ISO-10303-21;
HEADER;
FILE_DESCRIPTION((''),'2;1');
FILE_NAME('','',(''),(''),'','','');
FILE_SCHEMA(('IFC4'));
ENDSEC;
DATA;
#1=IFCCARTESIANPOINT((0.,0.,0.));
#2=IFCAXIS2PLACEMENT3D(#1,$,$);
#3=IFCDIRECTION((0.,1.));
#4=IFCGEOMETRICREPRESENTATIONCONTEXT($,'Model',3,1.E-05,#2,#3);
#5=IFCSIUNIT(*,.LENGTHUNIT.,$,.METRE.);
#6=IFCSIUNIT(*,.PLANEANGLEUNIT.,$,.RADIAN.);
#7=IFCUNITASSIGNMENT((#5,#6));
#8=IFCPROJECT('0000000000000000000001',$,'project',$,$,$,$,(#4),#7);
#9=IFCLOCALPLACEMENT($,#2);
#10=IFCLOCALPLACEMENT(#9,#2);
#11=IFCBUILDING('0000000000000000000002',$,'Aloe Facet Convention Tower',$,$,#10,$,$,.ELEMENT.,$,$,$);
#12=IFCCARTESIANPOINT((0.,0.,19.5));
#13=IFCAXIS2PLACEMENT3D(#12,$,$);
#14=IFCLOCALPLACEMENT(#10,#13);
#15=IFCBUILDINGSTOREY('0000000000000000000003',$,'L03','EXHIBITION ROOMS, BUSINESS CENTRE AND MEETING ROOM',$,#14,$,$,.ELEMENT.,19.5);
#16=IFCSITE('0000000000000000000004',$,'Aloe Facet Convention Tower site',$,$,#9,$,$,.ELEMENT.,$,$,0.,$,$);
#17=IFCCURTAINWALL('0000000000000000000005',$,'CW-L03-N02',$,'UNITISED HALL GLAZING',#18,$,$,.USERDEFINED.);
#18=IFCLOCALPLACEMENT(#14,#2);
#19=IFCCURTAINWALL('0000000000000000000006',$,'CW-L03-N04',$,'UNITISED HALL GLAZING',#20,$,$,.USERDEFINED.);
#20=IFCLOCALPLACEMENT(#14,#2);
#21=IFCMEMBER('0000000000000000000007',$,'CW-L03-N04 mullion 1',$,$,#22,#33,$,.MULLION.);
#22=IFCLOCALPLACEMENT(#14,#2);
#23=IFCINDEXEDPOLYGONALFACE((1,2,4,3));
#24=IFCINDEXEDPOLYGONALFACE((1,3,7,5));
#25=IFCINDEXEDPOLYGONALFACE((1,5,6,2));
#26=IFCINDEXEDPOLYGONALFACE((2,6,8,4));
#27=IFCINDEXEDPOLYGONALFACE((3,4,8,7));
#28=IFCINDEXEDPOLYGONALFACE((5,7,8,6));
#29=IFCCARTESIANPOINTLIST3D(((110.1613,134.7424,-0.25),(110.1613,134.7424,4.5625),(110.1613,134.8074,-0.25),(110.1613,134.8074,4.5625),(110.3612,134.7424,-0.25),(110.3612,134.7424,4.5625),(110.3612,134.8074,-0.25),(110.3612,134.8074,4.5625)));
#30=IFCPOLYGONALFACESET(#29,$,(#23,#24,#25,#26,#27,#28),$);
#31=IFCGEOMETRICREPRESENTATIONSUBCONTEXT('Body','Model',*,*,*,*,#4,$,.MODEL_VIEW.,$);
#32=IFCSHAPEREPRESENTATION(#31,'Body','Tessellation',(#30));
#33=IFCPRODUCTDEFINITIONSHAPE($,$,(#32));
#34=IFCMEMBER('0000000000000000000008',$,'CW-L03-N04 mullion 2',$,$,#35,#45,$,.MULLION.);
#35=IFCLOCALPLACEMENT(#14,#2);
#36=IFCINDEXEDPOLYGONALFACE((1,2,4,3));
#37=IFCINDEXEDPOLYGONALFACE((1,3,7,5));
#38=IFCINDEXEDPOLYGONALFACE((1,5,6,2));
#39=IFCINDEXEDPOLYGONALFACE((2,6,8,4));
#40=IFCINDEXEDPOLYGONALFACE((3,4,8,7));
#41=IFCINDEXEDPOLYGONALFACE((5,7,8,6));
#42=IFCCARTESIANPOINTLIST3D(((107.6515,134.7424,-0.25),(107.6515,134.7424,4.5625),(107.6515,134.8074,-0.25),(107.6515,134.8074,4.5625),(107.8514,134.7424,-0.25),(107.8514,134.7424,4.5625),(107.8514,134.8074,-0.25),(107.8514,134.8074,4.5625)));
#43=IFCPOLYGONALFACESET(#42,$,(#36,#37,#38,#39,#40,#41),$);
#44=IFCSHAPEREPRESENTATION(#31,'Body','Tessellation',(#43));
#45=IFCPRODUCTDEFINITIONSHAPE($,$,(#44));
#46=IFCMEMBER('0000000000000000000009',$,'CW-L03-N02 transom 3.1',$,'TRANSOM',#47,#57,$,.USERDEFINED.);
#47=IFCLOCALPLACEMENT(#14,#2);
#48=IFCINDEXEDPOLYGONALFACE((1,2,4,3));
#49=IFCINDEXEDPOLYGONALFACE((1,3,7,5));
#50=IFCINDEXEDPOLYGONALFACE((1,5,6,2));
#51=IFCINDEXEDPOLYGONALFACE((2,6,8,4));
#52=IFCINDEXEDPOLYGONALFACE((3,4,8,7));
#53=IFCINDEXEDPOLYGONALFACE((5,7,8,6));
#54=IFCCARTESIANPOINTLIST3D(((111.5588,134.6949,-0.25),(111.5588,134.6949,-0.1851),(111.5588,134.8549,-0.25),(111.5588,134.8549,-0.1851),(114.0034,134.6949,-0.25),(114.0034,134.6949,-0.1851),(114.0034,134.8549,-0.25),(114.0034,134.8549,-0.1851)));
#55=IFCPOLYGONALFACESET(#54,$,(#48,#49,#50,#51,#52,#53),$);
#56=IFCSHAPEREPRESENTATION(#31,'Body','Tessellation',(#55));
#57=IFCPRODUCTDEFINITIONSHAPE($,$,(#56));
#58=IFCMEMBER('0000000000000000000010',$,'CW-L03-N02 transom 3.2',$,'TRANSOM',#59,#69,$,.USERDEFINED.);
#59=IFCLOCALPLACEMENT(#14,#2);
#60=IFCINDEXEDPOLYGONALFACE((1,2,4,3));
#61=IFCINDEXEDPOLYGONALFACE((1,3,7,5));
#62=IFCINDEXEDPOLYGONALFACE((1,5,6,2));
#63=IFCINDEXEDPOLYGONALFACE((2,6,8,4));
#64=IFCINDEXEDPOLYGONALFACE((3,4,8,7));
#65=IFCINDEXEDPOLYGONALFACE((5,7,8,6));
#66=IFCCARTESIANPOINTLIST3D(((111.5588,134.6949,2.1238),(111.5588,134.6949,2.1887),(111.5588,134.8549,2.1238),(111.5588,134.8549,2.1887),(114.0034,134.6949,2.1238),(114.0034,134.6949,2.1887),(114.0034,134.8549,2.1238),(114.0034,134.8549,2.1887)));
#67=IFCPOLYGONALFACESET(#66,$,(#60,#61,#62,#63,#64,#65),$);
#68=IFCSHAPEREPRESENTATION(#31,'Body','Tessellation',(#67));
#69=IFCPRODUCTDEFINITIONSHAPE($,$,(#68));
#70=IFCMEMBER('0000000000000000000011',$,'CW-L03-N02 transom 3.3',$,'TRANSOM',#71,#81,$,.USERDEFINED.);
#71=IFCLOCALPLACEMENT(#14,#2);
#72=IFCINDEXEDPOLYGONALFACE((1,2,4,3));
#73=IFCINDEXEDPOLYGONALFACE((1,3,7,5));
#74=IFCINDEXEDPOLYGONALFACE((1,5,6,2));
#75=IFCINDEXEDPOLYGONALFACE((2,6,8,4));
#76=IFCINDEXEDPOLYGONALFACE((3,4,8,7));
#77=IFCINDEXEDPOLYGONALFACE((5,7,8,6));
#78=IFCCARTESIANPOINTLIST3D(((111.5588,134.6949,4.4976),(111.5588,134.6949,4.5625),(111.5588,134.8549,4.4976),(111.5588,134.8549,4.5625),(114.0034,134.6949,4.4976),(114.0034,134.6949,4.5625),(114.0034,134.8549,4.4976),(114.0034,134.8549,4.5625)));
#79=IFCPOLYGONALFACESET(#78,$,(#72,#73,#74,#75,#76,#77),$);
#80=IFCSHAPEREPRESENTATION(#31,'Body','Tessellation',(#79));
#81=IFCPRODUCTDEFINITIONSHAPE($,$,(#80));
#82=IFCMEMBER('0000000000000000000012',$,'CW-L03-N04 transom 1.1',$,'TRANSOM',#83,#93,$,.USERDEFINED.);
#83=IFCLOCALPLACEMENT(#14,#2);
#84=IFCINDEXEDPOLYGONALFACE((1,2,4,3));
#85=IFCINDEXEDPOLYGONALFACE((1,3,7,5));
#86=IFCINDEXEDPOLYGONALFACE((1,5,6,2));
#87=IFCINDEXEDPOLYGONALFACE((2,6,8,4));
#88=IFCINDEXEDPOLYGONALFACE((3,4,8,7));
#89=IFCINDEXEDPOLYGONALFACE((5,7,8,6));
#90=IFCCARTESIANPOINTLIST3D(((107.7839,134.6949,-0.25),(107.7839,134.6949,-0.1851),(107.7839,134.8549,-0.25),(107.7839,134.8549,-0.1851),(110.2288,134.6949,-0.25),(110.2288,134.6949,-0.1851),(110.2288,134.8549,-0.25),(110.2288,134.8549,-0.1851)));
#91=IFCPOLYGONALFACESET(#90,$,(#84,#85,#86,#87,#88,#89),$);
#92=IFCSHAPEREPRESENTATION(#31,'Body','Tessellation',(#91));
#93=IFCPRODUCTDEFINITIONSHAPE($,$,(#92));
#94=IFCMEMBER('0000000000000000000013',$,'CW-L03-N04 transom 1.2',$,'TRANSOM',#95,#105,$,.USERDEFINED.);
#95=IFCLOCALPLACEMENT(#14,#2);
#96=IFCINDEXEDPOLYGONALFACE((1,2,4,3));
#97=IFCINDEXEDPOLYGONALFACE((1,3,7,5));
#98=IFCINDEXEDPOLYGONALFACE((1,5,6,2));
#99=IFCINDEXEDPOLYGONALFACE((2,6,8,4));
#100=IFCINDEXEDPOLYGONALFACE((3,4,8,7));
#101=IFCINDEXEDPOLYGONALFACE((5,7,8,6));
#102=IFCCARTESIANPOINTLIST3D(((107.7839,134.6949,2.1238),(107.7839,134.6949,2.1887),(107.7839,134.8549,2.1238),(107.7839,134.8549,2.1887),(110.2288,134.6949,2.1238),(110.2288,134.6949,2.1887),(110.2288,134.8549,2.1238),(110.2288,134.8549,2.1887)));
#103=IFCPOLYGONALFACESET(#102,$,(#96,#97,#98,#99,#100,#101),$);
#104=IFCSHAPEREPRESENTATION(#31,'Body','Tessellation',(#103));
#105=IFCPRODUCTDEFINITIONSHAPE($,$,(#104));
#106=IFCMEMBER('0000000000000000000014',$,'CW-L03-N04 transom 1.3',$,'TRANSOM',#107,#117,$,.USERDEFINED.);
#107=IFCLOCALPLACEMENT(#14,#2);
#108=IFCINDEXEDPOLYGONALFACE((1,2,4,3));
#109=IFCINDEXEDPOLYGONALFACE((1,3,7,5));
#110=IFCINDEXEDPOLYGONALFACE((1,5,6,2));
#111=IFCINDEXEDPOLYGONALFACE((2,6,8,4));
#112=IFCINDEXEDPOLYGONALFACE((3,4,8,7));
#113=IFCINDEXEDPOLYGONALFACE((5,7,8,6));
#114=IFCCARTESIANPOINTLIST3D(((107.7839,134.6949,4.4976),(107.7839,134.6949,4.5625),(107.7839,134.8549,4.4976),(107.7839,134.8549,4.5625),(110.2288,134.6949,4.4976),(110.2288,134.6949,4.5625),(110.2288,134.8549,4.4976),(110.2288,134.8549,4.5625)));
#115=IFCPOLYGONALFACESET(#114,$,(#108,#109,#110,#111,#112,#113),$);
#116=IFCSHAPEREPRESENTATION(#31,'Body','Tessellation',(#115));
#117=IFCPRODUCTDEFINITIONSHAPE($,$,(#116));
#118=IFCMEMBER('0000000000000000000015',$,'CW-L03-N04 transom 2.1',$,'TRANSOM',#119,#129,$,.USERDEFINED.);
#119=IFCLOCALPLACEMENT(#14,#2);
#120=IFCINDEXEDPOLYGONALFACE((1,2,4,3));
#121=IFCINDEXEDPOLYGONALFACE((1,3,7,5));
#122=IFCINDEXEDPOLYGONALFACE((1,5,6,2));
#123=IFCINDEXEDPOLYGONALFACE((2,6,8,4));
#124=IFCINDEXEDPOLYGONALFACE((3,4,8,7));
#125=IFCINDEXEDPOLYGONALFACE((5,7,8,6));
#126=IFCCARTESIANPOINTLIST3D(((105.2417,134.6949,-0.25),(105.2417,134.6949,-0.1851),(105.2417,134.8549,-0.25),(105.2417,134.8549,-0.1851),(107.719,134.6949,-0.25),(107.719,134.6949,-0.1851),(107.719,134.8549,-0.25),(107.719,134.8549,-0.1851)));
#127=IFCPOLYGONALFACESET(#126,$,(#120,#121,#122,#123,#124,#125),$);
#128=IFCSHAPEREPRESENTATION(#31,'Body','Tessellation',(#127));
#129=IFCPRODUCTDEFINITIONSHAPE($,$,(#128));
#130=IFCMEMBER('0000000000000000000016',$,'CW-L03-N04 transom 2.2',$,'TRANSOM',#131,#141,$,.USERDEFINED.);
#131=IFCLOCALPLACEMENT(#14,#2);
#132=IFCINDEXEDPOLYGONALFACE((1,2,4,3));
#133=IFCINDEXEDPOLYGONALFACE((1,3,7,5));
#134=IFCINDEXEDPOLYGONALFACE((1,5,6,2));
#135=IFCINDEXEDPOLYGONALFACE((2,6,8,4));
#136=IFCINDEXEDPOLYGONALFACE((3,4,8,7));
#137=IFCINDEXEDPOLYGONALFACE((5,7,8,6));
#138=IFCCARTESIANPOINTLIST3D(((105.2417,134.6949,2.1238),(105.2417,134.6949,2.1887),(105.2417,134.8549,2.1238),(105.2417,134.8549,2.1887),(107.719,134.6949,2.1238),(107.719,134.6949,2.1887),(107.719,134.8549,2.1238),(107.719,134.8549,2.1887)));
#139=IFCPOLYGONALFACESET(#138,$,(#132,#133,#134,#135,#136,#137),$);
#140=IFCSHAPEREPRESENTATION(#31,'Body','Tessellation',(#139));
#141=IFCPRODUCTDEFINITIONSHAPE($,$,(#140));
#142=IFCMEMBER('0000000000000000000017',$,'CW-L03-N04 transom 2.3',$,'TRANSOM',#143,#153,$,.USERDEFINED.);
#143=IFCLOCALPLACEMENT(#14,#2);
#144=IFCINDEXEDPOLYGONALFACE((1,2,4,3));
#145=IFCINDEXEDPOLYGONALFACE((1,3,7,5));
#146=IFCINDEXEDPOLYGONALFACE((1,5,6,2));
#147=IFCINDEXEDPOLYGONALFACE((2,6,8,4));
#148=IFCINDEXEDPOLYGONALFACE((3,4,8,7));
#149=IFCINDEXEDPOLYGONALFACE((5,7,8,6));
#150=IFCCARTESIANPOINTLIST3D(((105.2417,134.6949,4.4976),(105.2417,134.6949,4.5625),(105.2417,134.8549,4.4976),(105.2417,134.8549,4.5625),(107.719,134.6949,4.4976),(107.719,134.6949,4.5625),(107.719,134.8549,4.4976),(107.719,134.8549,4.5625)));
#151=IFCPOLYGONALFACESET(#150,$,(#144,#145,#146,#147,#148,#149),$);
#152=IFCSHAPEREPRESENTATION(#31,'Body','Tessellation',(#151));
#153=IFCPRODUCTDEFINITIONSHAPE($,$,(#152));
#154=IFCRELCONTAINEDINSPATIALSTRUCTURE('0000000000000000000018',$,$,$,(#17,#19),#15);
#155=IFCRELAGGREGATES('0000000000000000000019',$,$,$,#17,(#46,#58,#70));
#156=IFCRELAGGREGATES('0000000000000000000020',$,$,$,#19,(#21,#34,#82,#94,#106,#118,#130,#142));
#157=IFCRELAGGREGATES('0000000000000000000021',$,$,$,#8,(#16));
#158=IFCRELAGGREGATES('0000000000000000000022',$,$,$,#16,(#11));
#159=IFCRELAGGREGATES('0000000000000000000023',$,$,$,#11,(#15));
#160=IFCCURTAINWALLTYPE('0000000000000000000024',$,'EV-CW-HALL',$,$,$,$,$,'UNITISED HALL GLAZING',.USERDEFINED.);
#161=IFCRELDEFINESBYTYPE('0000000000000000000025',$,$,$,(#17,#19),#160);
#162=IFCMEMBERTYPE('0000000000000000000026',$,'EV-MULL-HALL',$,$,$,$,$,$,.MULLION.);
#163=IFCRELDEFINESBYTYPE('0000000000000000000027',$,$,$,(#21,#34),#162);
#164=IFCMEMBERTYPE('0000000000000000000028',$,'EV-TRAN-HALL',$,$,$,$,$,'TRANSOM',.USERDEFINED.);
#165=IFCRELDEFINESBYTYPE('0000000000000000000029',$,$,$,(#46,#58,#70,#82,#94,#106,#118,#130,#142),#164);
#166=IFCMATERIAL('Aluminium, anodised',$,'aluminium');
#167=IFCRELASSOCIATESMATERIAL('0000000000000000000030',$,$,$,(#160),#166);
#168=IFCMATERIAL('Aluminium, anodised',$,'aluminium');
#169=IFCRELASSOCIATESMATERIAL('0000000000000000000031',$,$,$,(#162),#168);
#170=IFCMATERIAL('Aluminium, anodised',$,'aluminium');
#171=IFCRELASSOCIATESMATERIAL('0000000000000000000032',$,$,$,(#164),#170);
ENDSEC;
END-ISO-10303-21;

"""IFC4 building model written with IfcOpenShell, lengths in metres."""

from ifc_helpers import new_model, si_unit, direction, frame, origin, origin_2d, place, context, subcontext, project, spatial, rectangle, extrude, material, material_profile, profile_set, type_object, element, aggregate, save


model = new_model("IFC4")

# Units and contexts
model_context = context("Model", 3, precision=1e-05, world=origin(), true_north=direction((0.0, 1.0)))
body_context = subcontext(model_context, "Body", "Model", "MODEL_VIEW")
ifc_project = project(units=[si_unit("LENGTHUNIT", "METRE"), si_unit("PLANEANGLEUNIT", "RADIAN")], contexts=[model_context])

# Site, building, storey
site_placement = place(None, origin())
site = spatial("IfcSite", under=ifc_project, at=site_placement, Name="Aloe Facet Convention Tower site", CompositionType="ELEMENT", RefElevation=0.0)
building_placement = place(site_placement, origin())
building = spatial("IfcBuilding", under=site, at=building_placement, Name="Aloe Facet Convention Tower", CompositionType="ELEMENT")
storey_placement = place(building_placement, frame((0.0, 0.0, 19.5)))
storey = spatial("IfcBuildingStorey", under=building, at=storey_placement, Name="L03", Description="EXHIBITION ROOMS, BUSINESS CENTRE AND MEETING ROOM", CompositionType="ELEMENT", Elevation=19.5)

# Curtain walls, members
ifc_material_1 = material(Name="Aluminium, anodised", Category="aluminium")
curtain_wall_type = type_object("IfcCurtainWallType", Name="EV-CW-HALL", ElementType="UNITISED HALL GLAZING", PredefinedType="USERDEFINED", material=ifc_material_1)
curtain_wall_1_placement = place(storey_placement, origin())
curtain_wall_1 = element("IfcCurtainWall", 1, at=curtain_wall_1_placement, inside=storey, type_object=curtain_wall_type, Name="CW-L03-N02", ObjectType="UNITISED HALL GLAZING", PredefinedType="USERDEFINED")
ifc_material_2 = material(Name="Aluminium, anodised", Category="aluminium")
ifc_material_profile_1 = material_profile(ifc_material_2, rectangle(XDim=0.0649, YDim=0.2, at=origin_2d()), Name="AL 65x200")
ifc_profile_set_1 = profile_set([ifc_material_profile_1], Name="Aluminium, anodised")
member_type_1 = type_object("IfcMemberType", Name="EV-MULL-HALL", PredefinedType="MULLION", material=ifc_profile_set_1)
curtain_wall_2_placement = place(storey_placement, origin())
curtain_wall_2 = element("IfcCurtainWall", 2, at=curtain_wall_2_placement, inside=storey, type_object=curtain_wall_type, Name="CW-L03-N04", ObjectType="UNITISED HALL GLAZING", PredefinedType="USERDEFINED")
member_1_placement = place(storey_placement, frame((110.2612, 134.7749, -0.25), z_axis=(0.0, 0.0, 1.0), x_axis=(0.0, -1.0, 0.0)))
member_1 = element("IfcMember", 3, at=member_1_placement, type_object=member_type_1, Name="CW-L03-N04 mullion 1", PredefinedType="MULLION", context=body_context, shape_type="SweptSolid", body=[
    extrude(rectangle(XDim=0.0649, YDim=0.2, at=origin_2d()), origin(), (0.0, 0.0, 1.0), 4.8125),
])
member_2_placement = place(storey_placement, frame((107.7515, 134.7749, -0.25), z_axis=(0.0, 0.0, 1.0), x_axis=(0.0, -1.0, 0.0)))
member_2 = element("IfcMember", 4, at=member_2_placement, type_object=member_type_1, Name="CW-L03-N04 mullion 2", PredefinedType="MULLION", context=body_context, shape_type="SweptSolid", body=[
    extrude(rectangle(XDim=0.0649, YDim=0.2, at=origin_2d()), origin(), (0.0, 0.0, 1.0), 4.8125),
])

# Members
ifc_material_3 = material(Name="Aluminium, anodised", Category="aluminium")
ifc_material_profile_2 = material_profile(ifc_material_3, rectangle(XDim=0.1599, YDim=0.0649, at=origin_2d()), Name="AL 160x65")
ifc_profile_set_2 = profile_set([ifc_material_profile_2], Name="Aluminium, anodised")
member_type_2 = type_object("IfcMemberType", Name="EV-TRAN-HALL", ElementType="TRANSOM", PredefinedType="USERDEFINED", material=ifc_profile_set_2)
member_3_placement = place(storey_placement, frame((114.0034, 134.7749, -0.2175), z_axis=(-1.0, 0.0, 0.0), x_axis=(0.0, -1.0, 0.0)))
member_3 = element("IfcMember", 5, at=member_3_placement, type_object=member_type_2, Name="CW-L03-N02 transom 3.1", ObjectType="TRANSOM", PredefinedType="USERDEFINED", context=body_context, shape_type="SweptSolid", body=[
    extrude(rectangle(XDim=0.1599, YDim=0.0649, at=origin_2d()), origin(), (0.0, 0.0, 1.0), 2.4446),
])
member_4_placement = place(storey_placement, frame((114.0034, 134.7749, 2.1562), z_axis=(-1.0, 0.0, 0.0), x_axis=(0.0, -1.0, 0.0)))
member_4 = element("IfcMember", 6, at=member_4_placement, type_object=member_type_2, Name="CW-L03-N02 transom 3.2", ObjectType="TRANSOM", PredefinedType="USERDEFINED", context=body_context, shape_type="SweptSolid", body=[
    extrude(rectangle(XDim=0.1599, YDim=0.0649, at=origin_2d()), origin(), (0.0, 0.0, 1.0), 2.4446),
])
member_5_placement = place(storey_placement, frame((114.0034, 134.7749, 4.53), z_axis=(-1.0, 0.0, 0.0), x_axis=(0.0, -1.0, 0.0)))
member_5 = element("IfcMember", 7, at=member_5_placement, type_object=member_type_2, Name="CW-L03-N02 transom 3.3", ObjectType="TRANSOM", PredefinedType="USERDEFINED", context=body_context, shape_type="SweptSolid", body=[
    extrude(rectangle(XDim=0.1599, YDim=0.0649, at=origin_2d()), origin(), (0.0, 0.0, 1.0), 2.4446),
])
member_6_placement = place(storey_placement, frame((110.2288, 134.7749, -0.2175), z_axis=(-1.0, 0.0, 0.0), x_axis=(0.0, -1.0, 0.0)))
member_6 = element("IfcMember", 8, at=member_6_placement, type_object=member_type_2, Name="CW-L03-N04 transom 1.1", ObjectType="TRANSOM", PredefinedType="USERDEFINED", context=body_context, shape_type="SweptSolid", body=[
    extrude(rectangle(XDim=0.1599, YDim=0.0649, at=origin_2d()), origin(), (0.0, 0.0, 1.0), 2.4448),
])
member_7_placement = place(storey_placement, frame((110.2288, 134.7749, 2.1562), z_axis=(-1.0, 0.0, 0.0), x_axis=(0.0, -1.0, 0.0)))
member_7 = element("IfcMember", 9, at=member_7_placement, type_object=member_type_2, Name="CW-L03-N04 transom 1.2", ObjectType="TRANSOM", PredefinedType="USERDEFINED", context=body_context, shape_type="SweptSolid", body=[
    extrude(rectangle(XDim=0.1599, YDim=0.0649, at=origin_2d()), origin(), (0.0, 0.0, 1.0), 2.4448),
])
member_8_placement = place(storey_placement, frame((110.2288, 134.7749, 4.53), z_axis=(-1.0, 0.0, 0.0), x_axis=(0.0, -1.0, 0.0)))
member_8 = element("IfcMember", 10, at=member_8_placement, type_object=member_type_2, Name="CW-L03-N04 transom 1.3", ObjectType="TRANSOM", PredefinedType="USERDEFINED", context=body_context, shape_type="SweptSolid", body=[
    extrude(rectangle(XDim=0.1599, YDim=0.0649, at=origin_2d()), origin(), (0.0, 0.0, 1.0), 2.4448),
])
member_9_placement = place(storey_placement, frame((107.719, 134.7749, -0.2175), z_axis=(-1.0, 0.0, 0.0), x_axis=(0.0, -1.0, 0.0)))
member_9 = element("IfcMember", 11, at=member_9_placement, type_object=member_type_2, Name="CW-L03-N04 transom 2.1", ObjectType="TRANSOM", PredefinedType="USERDEFINED", context=body_context, shape_type="SweptSolid", body=[
    extrude(rectangle(XDim=0.1599, YDim=0.0649, at=origin_2d()), origin(), (0.0, 0.0, 1.0), 2.4773),
])
member_10_placement = place(storey_placement, frame((107.719, 134.7749, 2.1562), z_axis=(-1.0, 0.0, 0.0), x_axis=(0.0, -1.0, 0.0)))
member_10 = element("IfcMember", 12, at=member_10_placement, type_object=member_type_2, Name="CW-L03-N04 transom 2.2", ObjectType="TRANSOM", PredefinedType="USERDEFINED", context=body_context, shape_type="SweptSolid", body=[
    extrude(rectangle(XDim=0.1599, YDim=0.0649, at=origin_2d()), origin(), (0.0, 0.0, 1.0), 2.4773),
])
member_11_placement = place(storey_placement, frame((107.719, 134.7749, 4.53), z_axis=(-1.0, 0.0, 0.0), x_axis=(0.0, -1.0, 0.0)))
member_11 = element("IfcMember", 13, at=member_11_placement, type_object=member_type_2, Name="CW-L03-N04 transom 2.3", ObjectType="TRANSOM", PredefinedType="USERDEFINED", context=body_context, shape_type="SweptSolid", body=[
    extrude(rectangle(XDim=0.1599, YDim=0.0649, at=origin_2d()), origin(), (0.0, 0.0, 1.0), 2.4773),
])

aggregate(curtain_wall_1, [member_3, member_4, member_5])
aggregate(curtain_wall_2, [member_1, member_2, member_6, member_7, member_8, member_9, member_10, member_11])

save(model, "model.ifc")
